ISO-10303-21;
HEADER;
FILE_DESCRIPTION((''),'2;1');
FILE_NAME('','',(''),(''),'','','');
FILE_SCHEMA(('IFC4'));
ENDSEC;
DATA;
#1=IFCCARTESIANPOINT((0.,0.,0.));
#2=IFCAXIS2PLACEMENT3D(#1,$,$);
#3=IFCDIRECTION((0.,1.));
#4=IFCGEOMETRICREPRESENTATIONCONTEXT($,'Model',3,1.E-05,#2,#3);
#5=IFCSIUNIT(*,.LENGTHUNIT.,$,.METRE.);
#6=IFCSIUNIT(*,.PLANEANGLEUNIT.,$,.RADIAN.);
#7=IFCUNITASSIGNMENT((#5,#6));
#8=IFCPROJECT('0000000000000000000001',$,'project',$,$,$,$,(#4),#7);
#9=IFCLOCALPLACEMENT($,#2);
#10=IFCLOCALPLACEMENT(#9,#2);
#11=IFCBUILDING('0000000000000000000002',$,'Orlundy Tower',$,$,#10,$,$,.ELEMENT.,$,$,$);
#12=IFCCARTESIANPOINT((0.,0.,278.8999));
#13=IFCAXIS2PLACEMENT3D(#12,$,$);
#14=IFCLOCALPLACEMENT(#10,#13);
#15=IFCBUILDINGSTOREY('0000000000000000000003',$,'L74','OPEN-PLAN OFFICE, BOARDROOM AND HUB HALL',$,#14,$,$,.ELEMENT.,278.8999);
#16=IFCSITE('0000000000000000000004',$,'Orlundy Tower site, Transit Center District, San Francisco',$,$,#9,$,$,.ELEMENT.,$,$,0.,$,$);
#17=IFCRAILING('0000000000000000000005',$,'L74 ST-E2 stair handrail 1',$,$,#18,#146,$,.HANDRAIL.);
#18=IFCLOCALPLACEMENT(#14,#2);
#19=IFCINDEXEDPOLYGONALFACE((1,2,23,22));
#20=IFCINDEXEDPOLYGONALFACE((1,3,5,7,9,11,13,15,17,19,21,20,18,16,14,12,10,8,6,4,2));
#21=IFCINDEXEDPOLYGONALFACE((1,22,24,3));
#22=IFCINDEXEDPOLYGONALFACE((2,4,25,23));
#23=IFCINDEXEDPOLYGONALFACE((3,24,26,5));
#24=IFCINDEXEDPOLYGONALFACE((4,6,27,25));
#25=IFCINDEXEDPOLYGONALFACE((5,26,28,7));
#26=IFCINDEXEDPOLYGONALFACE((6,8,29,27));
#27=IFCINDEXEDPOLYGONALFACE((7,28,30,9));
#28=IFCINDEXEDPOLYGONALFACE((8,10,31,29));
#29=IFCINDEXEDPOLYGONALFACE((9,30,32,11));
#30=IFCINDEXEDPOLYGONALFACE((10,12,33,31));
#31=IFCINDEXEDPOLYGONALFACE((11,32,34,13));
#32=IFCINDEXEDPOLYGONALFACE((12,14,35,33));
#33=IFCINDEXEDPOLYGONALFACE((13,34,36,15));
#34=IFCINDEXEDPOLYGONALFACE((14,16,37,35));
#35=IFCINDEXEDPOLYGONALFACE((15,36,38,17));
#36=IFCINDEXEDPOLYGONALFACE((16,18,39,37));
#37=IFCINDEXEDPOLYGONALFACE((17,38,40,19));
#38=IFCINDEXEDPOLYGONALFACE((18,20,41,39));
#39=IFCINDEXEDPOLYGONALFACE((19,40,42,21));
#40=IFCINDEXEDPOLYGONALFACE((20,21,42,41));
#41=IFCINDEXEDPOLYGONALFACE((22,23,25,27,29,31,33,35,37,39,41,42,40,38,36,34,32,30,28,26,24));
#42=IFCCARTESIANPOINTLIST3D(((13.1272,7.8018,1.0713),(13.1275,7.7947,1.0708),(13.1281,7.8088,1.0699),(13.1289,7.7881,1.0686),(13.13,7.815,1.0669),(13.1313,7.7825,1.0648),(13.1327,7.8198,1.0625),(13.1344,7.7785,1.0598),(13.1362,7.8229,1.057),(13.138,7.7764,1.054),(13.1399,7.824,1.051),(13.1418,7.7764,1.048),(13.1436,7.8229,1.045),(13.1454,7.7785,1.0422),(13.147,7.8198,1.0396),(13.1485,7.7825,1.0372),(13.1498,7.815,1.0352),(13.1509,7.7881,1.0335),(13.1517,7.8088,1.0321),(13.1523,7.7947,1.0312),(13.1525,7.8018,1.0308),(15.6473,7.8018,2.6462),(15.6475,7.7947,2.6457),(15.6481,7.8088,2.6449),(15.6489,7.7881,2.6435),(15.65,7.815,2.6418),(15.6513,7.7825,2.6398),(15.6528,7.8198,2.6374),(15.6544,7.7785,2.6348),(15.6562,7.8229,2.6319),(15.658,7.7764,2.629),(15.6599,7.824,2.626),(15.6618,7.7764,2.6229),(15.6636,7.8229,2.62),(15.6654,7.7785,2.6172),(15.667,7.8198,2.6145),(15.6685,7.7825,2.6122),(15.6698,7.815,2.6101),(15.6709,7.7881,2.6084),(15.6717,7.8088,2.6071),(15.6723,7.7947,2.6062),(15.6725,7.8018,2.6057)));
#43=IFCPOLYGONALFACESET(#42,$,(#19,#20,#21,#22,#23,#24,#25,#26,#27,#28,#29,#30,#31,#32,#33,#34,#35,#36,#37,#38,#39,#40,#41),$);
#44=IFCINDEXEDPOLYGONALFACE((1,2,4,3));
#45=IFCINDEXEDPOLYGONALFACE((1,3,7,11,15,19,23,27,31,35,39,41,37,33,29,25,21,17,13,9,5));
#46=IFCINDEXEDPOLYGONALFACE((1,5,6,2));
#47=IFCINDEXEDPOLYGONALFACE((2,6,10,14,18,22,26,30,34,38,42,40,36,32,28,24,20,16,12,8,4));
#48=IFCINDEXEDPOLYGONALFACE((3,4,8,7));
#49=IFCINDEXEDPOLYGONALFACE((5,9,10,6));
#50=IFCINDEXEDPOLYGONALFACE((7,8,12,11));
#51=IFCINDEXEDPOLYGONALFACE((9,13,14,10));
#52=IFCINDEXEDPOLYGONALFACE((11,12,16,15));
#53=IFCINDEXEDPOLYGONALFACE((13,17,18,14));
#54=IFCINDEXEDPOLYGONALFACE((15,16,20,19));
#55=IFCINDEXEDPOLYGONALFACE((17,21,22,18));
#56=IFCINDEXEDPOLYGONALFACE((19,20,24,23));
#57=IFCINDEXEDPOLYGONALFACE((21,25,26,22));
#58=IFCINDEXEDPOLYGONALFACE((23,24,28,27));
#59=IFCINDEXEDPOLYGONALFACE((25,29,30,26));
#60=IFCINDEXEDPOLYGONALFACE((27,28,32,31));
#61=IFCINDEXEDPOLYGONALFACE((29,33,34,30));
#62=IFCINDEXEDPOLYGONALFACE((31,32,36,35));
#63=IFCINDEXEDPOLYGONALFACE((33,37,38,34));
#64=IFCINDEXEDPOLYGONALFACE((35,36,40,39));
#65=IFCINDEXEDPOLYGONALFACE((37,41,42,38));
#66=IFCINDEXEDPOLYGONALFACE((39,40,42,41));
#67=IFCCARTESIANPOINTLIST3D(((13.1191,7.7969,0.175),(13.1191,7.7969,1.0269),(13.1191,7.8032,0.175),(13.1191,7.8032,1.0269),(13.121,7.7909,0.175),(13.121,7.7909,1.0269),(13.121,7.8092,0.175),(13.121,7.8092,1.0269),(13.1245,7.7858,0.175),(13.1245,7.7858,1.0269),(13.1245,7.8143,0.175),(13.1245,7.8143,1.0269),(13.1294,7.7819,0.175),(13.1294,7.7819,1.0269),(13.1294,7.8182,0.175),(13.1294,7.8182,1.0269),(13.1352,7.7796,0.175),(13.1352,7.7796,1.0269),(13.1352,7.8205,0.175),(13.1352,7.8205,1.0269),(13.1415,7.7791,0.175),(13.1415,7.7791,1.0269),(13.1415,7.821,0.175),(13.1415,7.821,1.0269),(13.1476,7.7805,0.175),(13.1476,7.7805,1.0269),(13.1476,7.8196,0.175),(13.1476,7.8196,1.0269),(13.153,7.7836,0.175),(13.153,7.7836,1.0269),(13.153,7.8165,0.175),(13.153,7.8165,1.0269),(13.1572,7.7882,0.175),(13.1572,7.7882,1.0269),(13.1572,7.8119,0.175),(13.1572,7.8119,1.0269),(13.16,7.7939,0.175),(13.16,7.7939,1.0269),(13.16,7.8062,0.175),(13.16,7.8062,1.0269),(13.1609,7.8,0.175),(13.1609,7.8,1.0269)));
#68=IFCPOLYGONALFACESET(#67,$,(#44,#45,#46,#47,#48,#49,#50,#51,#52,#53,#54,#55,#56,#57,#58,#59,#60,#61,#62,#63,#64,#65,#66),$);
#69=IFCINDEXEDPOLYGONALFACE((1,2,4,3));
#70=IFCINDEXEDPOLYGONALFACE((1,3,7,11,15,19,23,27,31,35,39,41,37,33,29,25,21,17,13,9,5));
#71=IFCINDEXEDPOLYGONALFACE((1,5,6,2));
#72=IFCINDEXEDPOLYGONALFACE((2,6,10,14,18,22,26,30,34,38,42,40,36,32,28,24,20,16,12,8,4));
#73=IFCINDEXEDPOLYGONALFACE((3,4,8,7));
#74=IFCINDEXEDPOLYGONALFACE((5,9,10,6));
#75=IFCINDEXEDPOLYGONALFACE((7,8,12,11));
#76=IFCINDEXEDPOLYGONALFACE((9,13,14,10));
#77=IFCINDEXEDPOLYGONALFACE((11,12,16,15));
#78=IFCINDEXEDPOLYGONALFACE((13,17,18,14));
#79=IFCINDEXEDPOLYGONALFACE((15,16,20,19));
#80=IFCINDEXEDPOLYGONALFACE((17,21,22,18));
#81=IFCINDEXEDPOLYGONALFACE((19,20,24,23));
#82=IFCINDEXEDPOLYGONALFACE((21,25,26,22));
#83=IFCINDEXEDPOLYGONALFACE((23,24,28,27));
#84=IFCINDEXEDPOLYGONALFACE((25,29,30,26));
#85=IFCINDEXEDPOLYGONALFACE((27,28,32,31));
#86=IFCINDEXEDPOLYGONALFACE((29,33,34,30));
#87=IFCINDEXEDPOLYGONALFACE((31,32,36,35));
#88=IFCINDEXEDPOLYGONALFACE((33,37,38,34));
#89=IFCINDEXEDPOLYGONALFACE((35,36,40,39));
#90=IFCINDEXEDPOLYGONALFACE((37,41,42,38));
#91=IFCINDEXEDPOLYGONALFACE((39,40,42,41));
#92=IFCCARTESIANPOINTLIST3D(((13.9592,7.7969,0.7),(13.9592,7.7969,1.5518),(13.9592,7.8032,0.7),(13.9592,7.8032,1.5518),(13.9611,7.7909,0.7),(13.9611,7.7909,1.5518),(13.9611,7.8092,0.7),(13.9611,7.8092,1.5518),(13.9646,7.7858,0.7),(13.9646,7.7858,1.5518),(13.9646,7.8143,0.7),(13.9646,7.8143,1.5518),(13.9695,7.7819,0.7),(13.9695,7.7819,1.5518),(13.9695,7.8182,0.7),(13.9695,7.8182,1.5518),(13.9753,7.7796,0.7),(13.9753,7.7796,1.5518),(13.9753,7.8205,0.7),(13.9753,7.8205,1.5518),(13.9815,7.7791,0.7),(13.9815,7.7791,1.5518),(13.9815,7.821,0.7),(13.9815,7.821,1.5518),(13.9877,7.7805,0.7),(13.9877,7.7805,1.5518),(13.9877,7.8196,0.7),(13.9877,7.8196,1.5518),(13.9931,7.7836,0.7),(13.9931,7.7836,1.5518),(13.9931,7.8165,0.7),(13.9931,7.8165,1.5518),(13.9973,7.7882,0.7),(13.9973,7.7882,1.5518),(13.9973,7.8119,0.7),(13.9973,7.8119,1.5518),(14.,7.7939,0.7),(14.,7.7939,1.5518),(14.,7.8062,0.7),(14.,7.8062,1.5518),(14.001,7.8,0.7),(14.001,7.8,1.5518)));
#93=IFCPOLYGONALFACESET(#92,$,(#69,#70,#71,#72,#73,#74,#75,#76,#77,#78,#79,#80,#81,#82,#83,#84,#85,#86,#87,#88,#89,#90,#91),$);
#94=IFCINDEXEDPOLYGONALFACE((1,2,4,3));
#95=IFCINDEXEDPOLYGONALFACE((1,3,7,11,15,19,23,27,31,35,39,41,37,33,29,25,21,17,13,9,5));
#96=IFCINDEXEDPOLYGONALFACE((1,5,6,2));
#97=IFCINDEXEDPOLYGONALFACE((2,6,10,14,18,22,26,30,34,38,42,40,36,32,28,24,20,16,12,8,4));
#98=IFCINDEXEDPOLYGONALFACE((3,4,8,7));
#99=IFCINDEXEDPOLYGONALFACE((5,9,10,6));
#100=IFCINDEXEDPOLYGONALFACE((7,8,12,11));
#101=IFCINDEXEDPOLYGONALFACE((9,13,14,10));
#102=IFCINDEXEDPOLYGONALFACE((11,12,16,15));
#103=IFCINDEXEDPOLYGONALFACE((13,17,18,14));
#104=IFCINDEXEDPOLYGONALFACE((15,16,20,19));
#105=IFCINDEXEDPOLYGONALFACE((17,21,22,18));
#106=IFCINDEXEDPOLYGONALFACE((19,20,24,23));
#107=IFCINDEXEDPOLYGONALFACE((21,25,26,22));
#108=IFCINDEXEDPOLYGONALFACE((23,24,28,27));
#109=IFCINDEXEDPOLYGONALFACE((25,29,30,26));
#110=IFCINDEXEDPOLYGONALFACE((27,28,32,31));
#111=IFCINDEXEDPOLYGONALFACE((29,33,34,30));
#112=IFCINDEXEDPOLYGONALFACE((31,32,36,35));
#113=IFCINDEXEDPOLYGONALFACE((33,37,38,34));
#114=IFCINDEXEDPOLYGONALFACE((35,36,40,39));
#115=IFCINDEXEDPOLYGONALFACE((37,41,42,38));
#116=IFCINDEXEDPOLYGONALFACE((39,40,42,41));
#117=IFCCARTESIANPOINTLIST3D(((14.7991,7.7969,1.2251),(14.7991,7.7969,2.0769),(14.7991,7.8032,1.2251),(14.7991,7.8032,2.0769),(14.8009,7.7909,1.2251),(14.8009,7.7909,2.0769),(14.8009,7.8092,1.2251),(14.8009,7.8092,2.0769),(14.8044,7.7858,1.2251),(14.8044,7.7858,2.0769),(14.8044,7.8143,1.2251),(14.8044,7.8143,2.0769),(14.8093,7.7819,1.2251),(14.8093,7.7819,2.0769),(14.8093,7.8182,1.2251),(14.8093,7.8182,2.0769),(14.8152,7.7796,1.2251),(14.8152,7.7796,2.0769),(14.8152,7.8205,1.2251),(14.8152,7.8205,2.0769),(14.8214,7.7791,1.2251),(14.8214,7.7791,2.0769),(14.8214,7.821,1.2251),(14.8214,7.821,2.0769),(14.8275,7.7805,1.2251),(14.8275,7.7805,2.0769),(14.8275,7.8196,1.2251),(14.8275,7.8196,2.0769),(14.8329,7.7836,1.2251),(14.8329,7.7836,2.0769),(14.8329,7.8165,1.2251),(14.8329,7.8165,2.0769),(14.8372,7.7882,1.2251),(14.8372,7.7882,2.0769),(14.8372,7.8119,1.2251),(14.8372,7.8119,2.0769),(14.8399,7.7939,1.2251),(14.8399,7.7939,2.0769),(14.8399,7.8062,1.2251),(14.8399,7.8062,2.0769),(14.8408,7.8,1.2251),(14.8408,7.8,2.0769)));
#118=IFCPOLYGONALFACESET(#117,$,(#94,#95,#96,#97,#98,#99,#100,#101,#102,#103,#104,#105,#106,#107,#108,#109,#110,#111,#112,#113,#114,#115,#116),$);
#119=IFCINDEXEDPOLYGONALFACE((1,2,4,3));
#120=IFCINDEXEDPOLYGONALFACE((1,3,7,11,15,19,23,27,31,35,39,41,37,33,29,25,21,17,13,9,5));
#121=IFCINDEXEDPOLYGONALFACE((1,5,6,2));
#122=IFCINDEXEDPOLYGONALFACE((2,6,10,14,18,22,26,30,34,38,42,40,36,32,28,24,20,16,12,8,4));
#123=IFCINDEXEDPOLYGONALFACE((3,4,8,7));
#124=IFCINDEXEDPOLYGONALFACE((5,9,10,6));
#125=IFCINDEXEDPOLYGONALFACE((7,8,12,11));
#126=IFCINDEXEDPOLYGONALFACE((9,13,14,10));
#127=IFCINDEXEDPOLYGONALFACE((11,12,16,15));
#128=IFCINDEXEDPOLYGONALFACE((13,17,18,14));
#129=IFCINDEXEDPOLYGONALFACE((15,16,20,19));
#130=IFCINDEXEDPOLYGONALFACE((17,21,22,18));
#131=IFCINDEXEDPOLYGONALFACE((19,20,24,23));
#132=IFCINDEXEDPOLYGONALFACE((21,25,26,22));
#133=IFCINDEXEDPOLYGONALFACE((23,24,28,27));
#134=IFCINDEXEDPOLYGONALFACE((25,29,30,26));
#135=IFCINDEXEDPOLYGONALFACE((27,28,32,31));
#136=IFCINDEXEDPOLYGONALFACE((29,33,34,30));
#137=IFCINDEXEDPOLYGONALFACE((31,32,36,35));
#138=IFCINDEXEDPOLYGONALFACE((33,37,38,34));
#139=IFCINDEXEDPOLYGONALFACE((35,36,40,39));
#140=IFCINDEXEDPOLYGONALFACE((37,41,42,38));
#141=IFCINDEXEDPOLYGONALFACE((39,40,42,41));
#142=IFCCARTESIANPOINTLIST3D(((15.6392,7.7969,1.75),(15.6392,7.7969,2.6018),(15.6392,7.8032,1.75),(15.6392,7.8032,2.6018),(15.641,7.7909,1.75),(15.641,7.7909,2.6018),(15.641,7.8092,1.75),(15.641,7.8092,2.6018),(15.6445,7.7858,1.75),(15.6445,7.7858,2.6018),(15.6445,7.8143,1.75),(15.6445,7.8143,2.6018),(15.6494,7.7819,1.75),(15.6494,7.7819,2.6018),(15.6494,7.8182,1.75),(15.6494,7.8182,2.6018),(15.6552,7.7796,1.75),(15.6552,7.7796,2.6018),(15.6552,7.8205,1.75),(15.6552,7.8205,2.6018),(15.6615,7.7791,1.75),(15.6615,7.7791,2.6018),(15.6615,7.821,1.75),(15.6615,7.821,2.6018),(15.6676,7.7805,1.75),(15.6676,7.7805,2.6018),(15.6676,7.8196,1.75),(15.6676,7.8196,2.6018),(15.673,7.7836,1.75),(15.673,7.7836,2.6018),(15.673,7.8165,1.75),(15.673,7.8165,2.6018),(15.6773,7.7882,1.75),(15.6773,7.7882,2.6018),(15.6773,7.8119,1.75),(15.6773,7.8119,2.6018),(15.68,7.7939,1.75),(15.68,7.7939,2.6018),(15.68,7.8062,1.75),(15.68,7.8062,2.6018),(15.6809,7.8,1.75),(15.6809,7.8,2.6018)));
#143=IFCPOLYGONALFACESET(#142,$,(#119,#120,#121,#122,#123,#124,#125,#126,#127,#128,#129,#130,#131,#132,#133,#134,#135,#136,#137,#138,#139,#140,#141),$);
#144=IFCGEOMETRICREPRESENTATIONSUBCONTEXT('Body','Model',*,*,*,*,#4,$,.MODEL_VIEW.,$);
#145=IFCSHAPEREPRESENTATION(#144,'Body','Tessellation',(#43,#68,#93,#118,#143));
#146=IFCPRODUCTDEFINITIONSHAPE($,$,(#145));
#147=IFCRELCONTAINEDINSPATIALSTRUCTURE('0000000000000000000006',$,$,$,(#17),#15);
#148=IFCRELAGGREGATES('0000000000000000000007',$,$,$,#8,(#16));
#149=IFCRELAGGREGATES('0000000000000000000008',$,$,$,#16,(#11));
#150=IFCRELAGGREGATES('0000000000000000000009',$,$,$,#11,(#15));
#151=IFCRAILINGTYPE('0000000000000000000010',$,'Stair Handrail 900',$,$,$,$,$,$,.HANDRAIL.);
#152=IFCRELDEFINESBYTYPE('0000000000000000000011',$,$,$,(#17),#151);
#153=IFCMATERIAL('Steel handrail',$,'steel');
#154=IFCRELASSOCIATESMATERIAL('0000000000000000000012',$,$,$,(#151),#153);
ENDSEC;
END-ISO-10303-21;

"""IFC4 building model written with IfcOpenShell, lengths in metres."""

from ifc_helpers import new_model, si_unit, direction, frame, origin, origin_2d, place, context, subcontext, project, spatial, circle, extrude, material, type_object, element, save


model = new_model("IFC4")

# Units and contexts
model_context = context("Model", 3, precision=1e-05, world=origin(), true_north=direction((0.0, 1.0)))
body_context = subcontext(model_context, "Body", "Model", "MODEL_VIEW")
ifc_project = project(units=[si_unit("LENGTHUNIT", "METRE"), si_unit("PLANEANGLEUNIT", "RADIAN")], contexts=[model_context])

# Site, building, storey
site_placement = place(None, origin())
site = spatial("IfcSite", under=ifc_project, at=site_placement, Name="Orlundy Tower site, Transit Center District, San Francisco", CompositionType="ELEMENT", RefElevation=0.0)
building_placement = place(site_placement, origin())
building = spatial("IfcBuilding", under=site, at=building_placement, Name="Orlundy Tower", CompositionType="ELEMENT")
storey_placement = place(building_placement, frame((0.0, 0.0, 278.8999)))
storey = spatial("IfcBuildingStorey", under=building, at=storey_placement, Name="L74", Description="OPEN-PLAN OFFICE, BOARDROOM AND HUB HALL", CompositionType="ELEMENT", Elevation=278.8999)

# Railing
ifc_material_1 = material(Name="Steel handrail", Category="steel")
railing_type_1 = type_object("IfcRailingType", Name="Stair Handrail 900", PredefinedType="HANDRAIL", material=ifc_material_1)
railing_1_placement = place(storey_placement, frame((13.1399, 7.8, 0.175)))
element("IfcRailing", 1, at=railing_1_placement, inside=storey, type_object=railing_type_1, Name="L74 ST-E2 stair handrail 1", PredefinedType="HANDRAIL", context=body_context, shape_type="SweptSolid", body=[
    extrude(circle(Radius=0.0239, at=origin_2d()), frame((0.0, 0.0, 0.876), z_axis=(0.848008, 0.0, 0.529984), x_axis=(0.0, 1.0, 0.0)), (0.0, 0.0, 1.0), 2.9717),
    extrude(circle(Radius=0.021, at=origin_2d()), origin(), (0.0, 0.0, 1.0), 0.8518),
    extrude(circle(Radius=0.021, at=origin_2d()), frame((0.8401, 0.0, 0.5249)), (0.0, 0.0, 1.0), 0.8518),
    extrude(circle(Radius=0.021, at=origin_2d()), frame((1.6799, 0.0, 1.05)), (0.0, 0.0, 1.0), 0.8518),
    extrude(circle(Radius=0.021, at=origin_2d()), frame((2.52, 0.0, 1.575)), (0.0, 0.0, 1.0), 0.8518),
])

save(model, "model.ifc")
